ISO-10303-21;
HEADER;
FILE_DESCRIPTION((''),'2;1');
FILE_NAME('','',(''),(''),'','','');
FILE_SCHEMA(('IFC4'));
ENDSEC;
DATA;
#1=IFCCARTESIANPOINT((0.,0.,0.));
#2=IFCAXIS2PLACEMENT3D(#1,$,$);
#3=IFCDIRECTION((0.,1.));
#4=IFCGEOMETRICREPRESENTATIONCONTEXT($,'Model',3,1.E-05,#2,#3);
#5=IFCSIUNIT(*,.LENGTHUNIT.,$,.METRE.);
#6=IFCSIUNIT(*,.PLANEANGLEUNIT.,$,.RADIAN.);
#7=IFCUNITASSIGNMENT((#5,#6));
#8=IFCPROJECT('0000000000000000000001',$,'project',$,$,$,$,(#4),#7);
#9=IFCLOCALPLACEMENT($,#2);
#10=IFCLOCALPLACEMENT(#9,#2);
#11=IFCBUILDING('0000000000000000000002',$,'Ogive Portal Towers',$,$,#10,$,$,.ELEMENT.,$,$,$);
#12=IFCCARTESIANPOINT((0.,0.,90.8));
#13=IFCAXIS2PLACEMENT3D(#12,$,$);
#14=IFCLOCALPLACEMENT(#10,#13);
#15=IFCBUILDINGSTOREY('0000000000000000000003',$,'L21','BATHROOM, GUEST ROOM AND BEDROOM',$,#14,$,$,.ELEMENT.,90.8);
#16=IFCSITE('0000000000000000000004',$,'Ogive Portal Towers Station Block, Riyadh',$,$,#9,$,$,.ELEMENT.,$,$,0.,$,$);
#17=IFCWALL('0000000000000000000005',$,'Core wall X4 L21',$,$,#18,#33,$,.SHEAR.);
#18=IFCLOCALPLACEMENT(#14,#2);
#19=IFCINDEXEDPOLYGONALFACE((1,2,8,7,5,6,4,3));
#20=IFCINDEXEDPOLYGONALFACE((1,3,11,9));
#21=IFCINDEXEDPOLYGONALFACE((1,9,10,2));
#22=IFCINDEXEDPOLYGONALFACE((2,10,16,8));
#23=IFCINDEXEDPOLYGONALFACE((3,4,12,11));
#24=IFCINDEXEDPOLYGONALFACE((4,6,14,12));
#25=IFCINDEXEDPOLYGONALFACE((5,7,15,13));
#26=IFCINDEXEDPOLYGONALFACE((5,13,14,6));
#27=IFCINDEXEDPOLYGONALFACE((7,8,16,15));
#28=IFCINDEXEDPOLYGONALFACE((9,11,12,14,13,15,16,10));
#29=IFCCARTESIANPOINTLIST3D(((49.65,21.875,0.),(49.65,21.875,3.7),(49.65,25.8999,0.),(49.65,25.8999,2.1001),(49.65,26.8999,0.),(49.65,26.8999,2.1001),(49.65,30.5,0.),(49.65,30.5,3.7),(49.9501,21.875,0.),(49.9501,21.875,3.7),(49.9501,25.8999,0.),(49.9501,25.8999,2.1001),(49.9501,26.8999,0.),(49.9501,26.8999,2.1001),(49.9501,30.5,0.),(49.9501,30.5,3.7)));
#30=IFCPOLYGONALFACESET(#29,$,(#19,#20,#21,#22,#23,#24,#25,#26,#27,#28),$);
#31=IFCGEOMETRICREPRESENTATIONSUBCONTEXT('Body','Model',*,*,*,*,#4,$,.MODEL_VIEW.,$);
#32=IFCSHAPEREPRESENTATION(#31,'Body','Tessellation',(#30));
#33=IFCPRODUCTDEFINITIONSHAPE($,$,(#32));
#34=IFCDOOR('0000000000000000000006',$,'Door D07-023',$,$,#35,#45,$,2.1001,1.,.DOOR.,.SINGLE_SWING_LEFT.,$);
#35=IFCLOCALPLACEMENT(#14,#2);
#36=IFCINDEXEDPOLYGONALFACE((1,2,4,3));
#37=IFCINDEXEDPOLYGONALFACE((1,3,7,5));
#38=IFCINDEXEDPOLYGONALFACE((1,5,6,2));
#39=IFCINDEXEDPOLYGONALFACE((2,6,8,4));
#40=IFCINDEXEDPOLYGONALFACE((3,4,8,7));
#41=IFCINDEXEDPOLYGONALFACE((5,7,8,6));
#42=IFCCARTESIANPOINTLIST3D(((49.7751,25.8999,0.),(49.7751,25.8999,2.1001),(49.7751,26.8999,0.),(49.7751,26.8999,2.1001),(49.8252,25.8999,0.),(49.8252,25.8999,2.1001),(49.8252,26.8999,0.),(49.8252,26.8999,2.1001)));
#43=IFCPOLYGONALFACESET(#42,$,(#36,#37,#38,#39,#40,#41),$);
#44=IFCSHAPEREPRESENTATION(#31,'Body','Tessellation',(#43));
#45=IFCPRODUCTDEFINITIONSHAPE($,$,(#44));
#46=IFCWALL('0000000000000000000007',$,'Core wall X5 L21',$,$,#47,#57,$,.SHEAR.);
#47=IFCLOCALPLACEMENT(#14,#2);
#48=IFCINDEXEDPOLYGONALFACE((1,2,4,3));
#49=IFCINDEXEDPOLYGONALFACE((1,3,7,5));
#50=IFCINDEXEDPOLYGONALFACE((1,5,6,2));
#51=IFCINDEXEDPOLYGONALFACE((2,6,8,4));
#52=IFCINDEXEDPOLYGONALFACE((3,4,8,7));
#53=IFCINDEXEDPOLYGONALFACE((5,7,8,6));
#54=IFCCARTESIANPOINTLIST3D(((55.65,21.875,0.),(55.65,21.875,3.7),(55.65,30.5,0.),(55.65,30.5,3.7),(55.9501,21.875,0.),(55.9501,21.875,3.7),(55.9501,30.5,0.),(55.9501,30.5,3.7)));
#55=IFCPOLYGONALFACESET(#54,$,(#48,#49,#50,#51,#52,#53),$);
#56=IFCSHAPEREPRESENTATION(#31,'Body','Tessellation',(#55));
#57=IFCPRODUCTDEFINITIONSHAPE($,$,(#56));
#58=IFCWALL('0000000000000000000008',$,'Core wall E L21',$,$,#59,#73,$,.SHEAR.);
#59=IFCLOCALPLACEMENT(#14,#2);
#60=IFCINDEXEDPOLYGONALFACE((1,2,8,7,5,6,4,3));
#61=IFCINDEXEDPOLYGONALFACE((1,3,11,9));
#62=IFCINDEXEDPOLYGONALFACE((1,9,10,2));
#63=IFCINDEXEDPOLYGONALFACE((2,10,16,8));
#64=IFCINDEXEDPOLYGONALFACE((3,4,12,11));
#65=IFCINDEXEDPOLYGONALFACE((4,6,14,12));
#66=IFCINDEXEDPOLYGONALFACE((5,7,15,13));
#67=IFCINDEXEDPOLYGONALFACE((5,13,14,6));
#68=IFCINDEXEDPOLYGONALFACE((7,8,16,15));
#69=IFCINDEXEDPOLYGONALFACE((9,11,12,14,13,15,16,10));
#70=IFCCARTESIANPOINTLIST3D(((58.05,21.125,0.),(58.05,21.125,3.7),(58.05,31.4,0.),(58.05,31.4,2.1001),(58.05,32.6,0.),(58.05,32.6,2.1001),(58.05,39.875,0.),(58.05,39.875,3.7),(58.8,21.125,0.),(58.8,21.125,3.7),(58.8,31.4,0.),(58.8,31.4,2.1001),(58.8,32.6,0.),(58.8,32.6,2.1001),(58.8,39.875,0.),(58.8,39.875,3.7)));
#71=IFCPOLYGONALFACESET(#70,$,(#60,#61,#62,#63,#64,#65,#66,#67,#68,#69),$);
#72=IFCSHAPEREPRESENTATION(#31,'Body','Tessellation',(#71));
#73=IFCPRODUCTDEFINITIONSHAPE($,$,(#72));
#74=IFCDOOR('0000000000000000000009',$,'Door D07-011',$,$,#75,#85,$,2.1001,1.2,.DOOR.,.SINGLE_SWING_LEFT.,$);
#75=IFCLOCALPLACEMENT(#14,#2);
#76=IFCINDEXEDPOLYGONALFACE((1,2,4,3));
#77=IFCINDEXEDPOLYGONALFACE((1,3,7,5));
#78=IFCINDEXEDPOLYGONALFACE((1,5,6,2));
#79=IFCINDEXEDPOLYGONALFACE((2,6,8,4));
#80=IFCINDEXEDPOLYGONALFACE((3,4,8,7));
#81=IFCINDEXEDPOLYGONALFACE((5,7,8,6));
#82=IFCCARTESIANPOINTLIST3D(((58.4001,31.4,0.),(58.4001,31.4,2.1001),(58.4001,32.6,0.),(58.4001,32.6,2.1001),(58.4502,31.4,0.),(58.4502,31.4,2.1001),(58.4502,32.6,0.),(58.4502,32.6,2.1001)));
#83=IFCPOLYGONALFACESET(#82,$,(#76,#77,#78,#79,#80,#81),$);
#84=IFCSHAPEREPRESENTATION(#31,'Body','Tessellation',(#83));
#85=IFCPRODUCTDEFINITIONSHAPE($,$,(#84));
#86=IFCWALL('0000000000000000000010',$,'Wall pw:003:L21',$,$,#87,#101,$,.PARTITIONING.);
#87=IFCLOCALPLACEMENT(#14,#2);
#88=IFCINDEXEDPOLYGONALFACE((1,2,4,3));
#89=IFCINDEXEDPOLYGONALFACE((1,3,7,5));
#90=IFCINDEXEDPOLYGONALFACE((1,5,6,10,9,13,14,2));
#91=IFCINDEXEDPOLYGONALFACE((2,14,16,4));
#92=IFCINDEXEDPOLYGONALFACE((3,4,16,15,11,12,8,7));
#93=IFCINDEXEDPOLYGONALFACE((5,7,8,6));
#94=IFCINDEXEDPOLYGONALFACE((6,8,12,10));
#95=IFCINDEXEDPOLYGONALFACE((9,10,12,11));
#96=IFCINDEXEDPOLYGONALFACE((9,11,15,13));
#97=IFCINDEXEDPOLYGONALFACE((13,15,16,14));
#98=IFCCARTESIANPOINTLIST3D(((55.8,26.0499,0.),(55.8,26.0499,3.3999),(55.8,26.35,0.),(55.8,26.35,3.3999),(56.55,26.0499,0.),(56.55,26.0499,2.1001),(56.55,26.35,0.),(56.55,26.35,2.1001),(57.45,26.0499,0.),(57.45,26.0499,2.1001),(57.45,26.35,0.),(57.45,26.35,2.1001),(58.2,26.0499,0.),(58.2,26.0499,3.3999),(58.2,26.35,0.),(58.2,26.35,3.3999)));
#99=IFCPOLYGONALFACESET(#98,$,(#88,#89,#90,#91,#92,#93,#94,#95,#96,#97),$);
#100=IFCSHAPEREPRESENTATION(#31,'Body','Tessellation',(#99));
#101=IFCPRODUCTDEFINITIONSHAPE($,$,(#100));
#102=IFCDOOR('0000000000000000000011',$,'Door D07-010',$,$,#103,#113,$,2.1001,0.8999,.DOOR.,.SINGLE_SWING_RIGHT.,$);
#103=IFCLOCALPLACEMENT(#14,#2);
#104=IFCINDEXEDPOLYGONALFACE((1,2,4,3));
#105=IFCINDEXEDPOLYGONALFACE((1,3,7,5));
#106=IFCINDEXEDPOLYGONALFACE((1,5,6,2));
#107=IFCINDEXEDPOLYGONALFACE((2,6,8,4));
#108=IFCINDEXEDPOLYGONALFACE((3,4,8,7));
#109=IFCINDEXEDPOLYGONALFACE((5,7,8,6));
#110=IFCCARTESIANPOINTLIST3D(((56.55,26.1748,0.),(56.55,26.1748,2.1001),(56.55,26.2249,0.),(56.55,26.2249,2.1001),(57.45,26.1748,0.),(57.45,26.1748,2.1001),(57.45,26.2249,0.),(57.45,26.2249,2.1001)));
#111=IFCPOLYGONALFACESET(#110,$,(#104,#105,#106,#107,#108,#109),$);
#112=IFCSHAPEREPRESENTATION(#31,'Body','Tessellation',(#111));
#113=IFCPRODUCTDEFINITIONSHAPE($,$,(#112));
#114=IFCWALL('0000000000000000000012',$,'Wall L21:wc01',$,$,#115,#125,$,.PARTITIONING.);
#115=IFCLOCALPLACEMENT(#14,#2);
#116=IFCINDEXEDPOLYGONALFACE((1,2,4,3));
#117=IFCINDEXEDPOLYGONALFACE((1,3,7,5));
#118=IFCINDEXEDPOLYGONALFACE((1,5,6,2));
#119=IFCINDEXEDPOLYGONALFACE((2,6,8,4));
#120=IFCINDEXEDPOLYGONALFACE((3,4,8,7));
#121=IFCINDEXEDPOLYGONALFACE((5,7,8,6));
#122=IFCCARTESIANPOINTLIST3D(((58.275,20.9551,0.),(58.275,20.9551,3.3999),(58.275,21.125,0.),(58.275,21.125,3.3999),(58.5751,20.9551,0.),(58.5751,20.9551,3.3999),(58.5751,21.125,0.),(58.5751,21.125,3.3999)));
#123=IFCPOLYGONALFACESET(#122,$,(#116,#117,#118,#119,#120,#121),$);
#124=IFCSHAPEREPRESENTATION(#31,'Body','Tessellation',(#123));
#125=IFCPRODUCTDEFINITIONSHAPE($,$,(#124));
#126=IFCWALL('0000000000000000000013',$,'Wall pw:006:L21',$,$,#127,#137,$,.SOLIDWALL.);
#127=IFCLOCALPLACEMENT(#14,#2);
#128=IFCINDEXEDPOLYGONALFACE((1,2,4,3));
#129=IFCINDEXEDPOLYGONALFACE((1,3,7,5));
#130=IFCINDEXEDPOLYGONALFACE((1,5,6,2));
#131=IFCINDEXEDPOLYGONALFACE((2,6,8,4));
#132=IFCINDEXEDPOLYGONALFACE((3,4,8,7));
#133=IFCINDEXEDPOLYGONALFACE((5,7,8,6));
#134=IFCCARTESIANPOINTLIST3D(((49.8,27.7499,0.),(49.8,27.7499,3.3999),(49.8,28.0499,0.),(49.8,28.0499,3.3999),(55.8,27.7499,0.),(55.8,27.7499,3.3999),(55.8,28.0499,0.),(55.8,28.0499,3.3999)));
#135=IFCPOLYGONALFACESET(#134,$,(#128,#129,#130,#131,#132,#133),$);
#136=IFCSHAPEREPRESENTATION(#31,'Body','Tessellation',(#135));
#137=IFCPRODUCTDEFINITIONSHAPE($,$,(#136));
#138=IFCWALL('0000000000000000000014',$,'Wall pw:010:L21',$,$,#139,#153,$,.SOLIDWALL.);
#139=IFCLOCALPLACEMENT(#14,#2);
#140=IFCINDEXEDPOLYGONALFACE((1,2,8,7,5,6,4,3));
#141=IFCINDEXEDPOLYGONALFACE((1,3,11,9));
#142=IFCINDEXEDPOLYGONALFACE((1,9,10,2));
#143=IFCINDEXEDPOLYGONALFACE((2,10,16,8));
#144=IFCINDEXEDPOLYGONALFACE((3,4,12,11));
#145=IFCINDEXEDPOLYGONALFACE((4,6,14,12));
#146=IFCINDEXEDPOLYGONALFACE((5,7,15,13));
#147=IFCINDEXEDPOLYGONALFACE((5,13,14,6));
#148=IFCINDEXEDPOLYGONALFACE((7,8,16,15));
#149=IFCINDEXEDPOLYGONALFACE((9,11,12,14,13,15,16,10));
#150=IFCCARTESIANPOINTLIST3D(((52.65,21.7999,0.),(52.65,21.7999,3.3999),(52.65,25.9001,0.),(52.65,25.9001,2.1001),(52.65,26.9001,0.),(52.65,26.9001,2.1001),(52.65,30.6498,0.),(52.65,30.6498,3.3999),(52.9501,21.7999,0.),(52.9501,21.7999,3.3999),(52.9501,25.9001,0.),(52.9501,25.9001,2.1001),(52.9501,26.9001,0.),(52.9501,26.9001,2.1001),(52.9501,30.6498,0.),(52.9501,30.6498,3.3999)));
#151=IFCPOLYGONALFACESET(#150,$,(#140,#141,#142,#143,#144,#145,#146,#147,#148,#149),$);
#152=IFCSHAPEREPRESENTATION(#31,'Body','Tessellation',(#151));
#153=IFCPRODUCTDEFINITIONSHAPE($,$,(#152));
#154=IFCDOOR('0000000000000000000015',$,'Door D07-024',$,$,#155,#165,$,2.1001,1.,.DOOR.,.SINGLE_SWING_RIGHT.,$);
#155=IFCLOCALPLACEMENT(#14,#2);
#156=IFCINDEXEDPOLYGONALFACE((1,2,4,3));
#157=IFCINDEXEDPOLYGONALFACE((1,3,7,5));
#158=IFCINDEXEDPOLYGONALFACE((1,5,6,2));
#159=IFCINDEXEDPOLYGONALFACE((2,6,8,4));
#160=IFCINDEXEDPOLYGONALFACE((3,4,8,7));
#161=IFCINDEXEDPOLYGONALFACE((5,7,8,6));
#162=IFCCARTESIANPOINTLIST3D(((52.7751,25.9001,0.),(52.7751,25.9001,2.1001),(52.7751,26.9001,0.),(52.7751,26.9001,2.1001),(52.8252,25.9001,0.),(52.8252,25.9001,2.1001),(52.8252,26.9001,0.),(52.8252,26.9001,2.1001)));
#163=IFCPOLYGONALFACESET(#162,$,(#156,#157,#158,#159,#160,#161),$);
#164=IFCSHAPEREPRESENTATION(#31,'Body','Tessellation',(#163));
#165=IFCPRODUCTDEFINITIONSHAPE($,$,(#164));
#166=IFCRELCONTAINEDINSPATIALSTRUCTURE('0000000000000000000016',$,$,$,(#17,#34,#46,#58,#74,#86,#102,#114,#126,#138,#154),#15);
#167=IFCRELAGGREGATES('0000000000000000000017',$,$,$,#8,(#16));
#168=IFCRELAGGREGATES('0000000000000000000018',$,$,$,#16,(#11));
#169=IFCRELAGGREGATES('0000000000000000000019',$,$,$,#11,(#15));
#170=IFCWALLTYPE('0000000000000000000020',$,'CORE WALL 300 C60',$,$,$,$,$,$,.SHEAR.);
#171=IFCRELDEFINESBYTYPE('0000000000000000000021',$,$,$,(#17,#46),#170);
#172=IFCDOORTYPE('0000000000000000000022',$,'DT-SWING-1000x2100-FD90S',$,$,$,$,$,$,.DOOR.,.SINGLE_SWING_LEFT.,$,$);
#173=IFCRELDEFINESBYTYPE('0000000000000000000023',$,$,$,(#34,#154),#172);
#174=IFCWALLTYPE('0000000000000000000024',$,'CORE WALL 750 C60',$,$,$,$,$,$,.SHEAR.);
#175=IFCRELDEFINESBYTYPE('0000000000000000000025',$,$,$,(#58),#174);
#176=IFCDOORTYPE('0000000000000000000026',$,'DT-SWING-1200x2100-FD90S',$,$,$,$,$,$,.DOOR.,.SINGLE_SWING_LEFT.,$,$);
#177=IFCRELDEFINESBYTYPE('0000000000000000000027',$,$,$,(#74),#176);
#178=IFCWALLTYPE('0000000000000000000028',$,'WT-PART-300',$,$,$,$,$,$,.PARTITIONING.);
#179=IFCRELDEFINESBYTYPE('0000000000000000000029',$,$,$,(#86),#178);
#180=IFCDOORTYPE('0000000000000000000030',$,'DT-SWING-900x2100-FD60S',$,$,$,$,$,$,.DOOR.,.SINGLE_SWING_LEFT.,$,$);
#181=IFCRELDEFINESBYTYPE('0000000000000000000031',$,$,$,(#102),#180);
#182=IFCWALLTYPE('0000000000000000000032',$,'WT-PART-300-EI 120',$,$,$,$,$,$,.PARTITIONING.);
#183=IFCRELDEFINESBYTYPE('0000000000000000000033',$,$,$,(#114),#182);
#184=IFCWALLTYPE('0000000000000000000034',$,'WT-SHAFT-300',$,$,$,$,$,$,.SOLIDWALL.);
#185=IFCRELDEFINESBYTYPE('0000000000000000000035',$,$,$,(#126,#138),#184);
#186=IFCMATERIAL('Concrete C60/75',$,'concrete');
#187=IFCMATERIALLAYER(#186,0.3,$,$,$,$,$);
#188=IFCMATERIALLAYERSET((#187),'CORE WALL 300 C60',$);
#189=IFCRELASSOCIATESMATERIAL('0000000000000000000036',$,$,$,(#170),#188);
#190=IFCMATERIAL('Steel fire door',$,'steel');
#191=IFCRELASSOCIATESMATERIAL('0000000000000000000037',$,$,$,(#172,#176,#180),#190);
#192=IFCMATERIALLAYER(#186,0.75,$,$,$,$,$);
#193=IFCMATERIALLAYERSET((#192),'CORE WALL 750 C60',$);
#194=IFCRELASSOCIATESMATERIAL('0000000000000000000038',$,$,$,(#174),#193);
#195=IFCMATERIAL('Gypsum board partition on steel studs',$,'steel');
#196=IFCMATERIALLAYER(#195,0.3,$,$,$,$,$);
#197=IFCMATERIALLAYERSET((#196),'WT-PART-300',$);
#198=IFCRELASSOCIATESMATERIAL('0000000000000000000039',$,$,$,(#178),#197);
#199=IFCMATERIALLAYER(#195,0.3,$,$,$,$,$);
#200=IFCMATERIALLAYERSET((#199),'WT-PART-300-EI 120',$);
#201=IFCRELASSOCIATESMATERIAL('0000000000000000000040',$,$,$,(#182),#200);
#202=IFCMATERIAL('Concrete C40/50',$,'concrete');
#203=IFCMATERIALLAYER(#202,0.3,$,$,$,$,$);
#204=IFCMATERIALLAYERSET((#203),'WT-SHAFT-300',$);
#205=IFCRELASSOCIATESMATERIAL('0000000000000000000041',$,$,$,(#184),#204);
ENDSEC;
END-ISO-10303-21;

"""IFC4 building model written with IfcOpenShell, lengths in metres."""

from ifc_helpers import new_model, si_unit, direction, frame, frame_2d, origin, place, context, subcontext, project, spatial, rectangle, extrude, material, layer, layer_set, type_object, element, fill, save


model = new_model("IFC4")

# Units and contexts
model_context = context("Model", 3, precision=1e-05, world=origin(), true_north=direction((0.0, 1.0)))
body_context = subcontext(model_context, "Body", "Model", "MODEL_VIEW")
ifc_project = project(units=[si_unit("LENGTHUNIT", "METRE"), si_unit("PLANEANGLEUNIT", "RADIAN")], contexts=[model_context])

# Site, building, storey
site_placement = place(None, origin())
site = spatial("IfcSite", under=ifc_project, at=site_placement, Name="Ogive Portal Towers Station Block, Riyadh", CompositionType="ELEMENT", RefElevation=0.0)
building_placement = place(site_placement, origin())
building = spatial("IfcBuilding", under=site, at=building_placement, Name="Ogive Portal Towers", CompositionType="ELEMENT")
storey_placement = place(building_placement, frame((0.0, 0.0, 90.8)))
storey = spatial("IfcBuildingStorey", under=building, at=storey_placement, Name="L21", Description="BATHROOM, GUEST ROOM AND BEDROOM", CompositionType="ELEMENT", Elevation=90.8)

# Wall, opening, door
ifc_material_1 = material(Name="Concrete C60/75", Category="concrete")
ifc_layer_1 = layer(ifc_material_1, 0.3)
ifc_layer_set_1 = layer_set([ifc_layer_1], Name="CORE WALL 300 C60")
wall_type_1 = type_object("IfcWallType", Name="CORE WALL 300 C60", PredefinedType="SHEAR", material=ifc_layer_set_1)
wall_1_placement = place(storey_placement, frame((49.8, 21.875, 0.0), z_axis=(0.0, 0.0, 1.0), x_axis=(0.0, 1.0, 0.0)))
wall_1 = element("IfcWall", 1, at=wall_1_placement, inside=storey, type_object=wall_type_1, Name="Core wall X4 L21", PredefinedType="SHEAR", context=body_context, shape_type="SweptSolid", body=[
    extrude(rectangle(XDim=8.625, YDim=0.3, at=frame_2d((4.3125, 0.0))), origin(), (0.0, 0.0, 1.0), 3.7),
])
opening_1_placement = place(wall_1_placement, frame((4.0249, 0.0, 0.0)))
opening_1 = element("IfcOpeningElement", 2, at=opening_1_placement, cuts=wall_1, PredefinedType="OPENING", context=body_context, shape_type="SweptSolid", body=[
    extrude(rectangle(XDim=1.0, YDim=2.1001, at=frame_2d((0.5, 1.05))), frame((0.0, 0.1602, 0.0), z_axis=(0.0, -1.0, 0.0), x_axis=(1.0, 0.0, 0.0)), (0.0, 0.0, 1.0), 0.3201),
])
ifc_material_2 = material(Name="Steel fire door", Category="steel")
door_type_1 = type_object("IfcDoorType", Name="DT-SWING-1000x2100-FD90S", OperationType="SINGLE_SWING_LEFT", PredefinedType="DOOR", material=ifc_material_2)
door_1_placement = place(opening_1_placement, origin())
door_1 = element("IfcDoor", 3, at=door_1_placement, inside=storey, type_object=door_type_1, Name="Door D07-023", OperationType="SINGLE_SWING_LEFT", OverallHeight=2.1001, OverallWidth=1.0, PredefinedType="DOOR", context=body_context, shape_type="SweptSolid", body=[
    extrude(rectangle(XDim=1.0, YDim=2.1001, at=frame_2d((0.5, 1.05))), frame((0.0, 0.0249, 0.0), z_axis=(0.0, -1.0, 0.0), x_axis=(1.0, 0.0, 0.0)), (0.0, 0.0, 1.0), 0.05),
])
fill(opening_1, door_1)

# Wall
wall_2_placement = place(storey_placement, frame((55.8, 21.875, 0.0), z_axis=(0.0, 0.0, 1.0), x_axis=(0.0, 1.0, 0.0)))
element("IfcWall", 4, at=wall_2_placement, inside=storey, type_object=wall_type_1, Name="Core wall X5 L21", PredefinedType="SHEAR", context=body_context, shape_type="SweptSolid", body=[
    extrude(rectangle(XDim=8.625, YDim=0.3, at=frame_2d((4.3125, 0.0))), origin(), (0.0, 0.0, 1.0), 3.7),
])

# Walls, openings, doors
ifc_layer_2 = layer(ifc_material_1, 0.75)
ifc_layer_set_2 = layer_set([ifc_layer_2], Name="CORE WALL 750 C60")
wall_type_2 = type_object("IfcWallType", Name="CORE WALL 750 C60", PredefinedType="SHEAR", material=ifc_layer_set_2)
wall_3_placement = place(storey_placement, frame((58.425, 21.125, 0.0), z_axis=(0.0, 0.0, 1.0), x_axis=(0.0, 1.0, 0.0)))
wall_3 = element("IfcWall", 5, at=wall_3_placement, inside=storey, type_object=wall_type_2, Name="Core wall E L21", PredefinedType="SHEAR", context=body_context, shape_type="SweptSolid", body=[
    extrude(rectangle(XDim=18.75, YDim=0.75, at=frame_2d((9.375, 0.0))), origin(), (0.0, 0.0, 1.0), 3.7),
])
opening_2_placement = place(wall_3_placement, frame((10.2749, 0.0, 0.0)))
opening_2 = element("IfcOpeningElement", 6, at=opening_2_placement, cuts=wall_3, PredefinedType="OPENING", context=body_context, shape_type="SweptSolid", body=[
    extrude(rectangle(XDim=1.2, YDim=2.1001, at=frame_2d((0.6001, 1.05))), frame((0.0, 0.385, 0.0), z_axis=(0.0, -1.0, 0.0), x_axis=(1.0, 0.0, 0.0)), (0.0, 0.0, 1.0), 0.77),
])
door_type_2 = type_object("IfcDoorType", Name="DT-SWING-1200x2100-FD90S", OperationType="SINGLE_SWING_LEFT", PredefinedType="DOOR", material=ifc_material_2)
door_2_placement = place(opening_2_placement, origin())
door_2 = element("IfcDoor", 7, at=door_2_placement, inside=storey, type_object=door_type_2, Name="Door D07-011", OperationType="SINGLE_SWING_LEFT", OverallHeight=2.1001, OverallWidth=1.2, PredefinedType="DOOR", context=body_context, shape_type="SweptSolid", body=[
    extrude(rectangle(XDim=1.2, YDim=2.1001, at=frame_2d((0.6001, 1.05))), frame((0.0, 0.0249, 0.0), z_axis=(0.0, -1.0, 0.0), x_axis=(1.0, 0.0, 0.0)), (0.0, 0.0, 1.0), 0.05),
])
fill(opening_2, door_2)
ifc_material_3 = material(Name="Gypsum board partition on steel studs", Category="steel")
ifc_layer_3 = layer(ifc_material_3, 0.3)
ifc_layer_set_3 = layer_set([ifc_layer_3], Name="WT-PART-300")
wall_type_3 = type_object("IfcWallType", Name="WT-PART-300", PredefinedType="PARTITIONING", material=ifc_layer_set_3)
wall_4_placement = place(storey_placement, frame((55.8, 26.2, 0.0), z_axis=(0.0, 0.0, 1.0), x_axis=(1.0, 0.0, 0.0)))
wall_4 = element("IfcWall", 8, at=wall_4_placement, inside=storey, type_object=wall_type_3, Name="Wall pw:003:L21", PredefinedType="PARTITIONING", context=body_context, shape_type="SweptSolid", body=[
    extrude(rectangle(XDim=2.3999, YDim=0.3, at=frame_2d((1.2, 0.0))), origin(), (0.0, 0.0, 1.0), 3.3999),
])
opening_3_placement = place(wall_4_placement, frame((0.75, 0.0, 0.0)))
opening_3 = element("IfcOpeningElement", 9, at=opening_3_placement, cuts=wall_4, PredefinedType="OPENING", context=body_context, shape_type="SweptSolid", body=[
    extrude(rectangle(XDim=0.8999, YDim=2.1001, at=frame_2d((0.45, 1.05))), frame((0.0, 0.1602, 0.0), z_axis=(0.0, -1.0, 0.0), x_axis=(1.0, 0.0, 0.0)), (0.0, 0.0, 1.0), 0.3201),
])
door_type_3 = type_object("IfcDoorType", Name="DT-SWING-900x2100-FD60S", OperationType="SINGLE_SWING_LEFT", PredefinedType="DOOR", material=ifc_material_2)
door_3_placement = place(opening_3_placement, origin())
door_3 = element("IfcDoor", 10, at=door_3_placement, inside=storey, type_object=door_type_3, Name="Door D07-010", OperationType="SINGLE_SWING_RIGHT", OverallHeight=2.1001, OverallWidth=0.8999, PredefinedType="DOOR", context=body_context, shape_type="SweptSolid", body=[
    extrude(rectangle(XDim=0.8999, YDim=2.1001, at=frame_2d((0.45, 1.05))), frame((0.0, 0.0249, 0.0), z_axis=(0.0, -1.0, 0.0), x_axis=(1.0, 0.0, 0.0)), (0.0, 0.0, 1.0), 0.05),
])
fill(opening_3, door_3)

# Walls
ifc_layer_4 = layer(ifc_material_3, 0.3)
ifc_layer_set_4 = layer_set([ifc_layer_4], Name="WT-PART-300-EI 120")
wall_type_4 = type_object("IfcWallType", Name="WT-PART-300-EI 120", PredefinedType="PARTITIONING", material=ifc_layer_set_4)
wall_5_placement = place(storey_placement, frame((58.425, 21.125, 0.0), z_axis=(0.0, 0.0, 1.0), x_axis=(0.0, -1.0, 0.0)))
element("IfcWall", 11, at=wall_5_placement, inside=storey, type_object=wall_type_4, Name="Wall L21:wc01", PredefinedType="PARTITIONING", context=body_context, shape_type="SweptSolid", body=[
    extrude(rectangle(XDim=0.1699, YDim=0.3, at=frame_2d((0.085, 0.0))), origin(), (0.0, 0.0, 1.0), 3.3999),
])
ifc_material_4 = material(Name="Concrete C40/50", Category="concrete")
ifc_layer_5 = layer(ifc_material_4, 0.3)
ifc_layer_set_5 = layer_set([ifc_layer_5], Name="WT-SHAFT-300")
wall_type_5 = type_object("IfcWallType", Name="WT-SHAFT-300", PredefinedType="SOLIDWALL", material=ifc_layer_set_5)
wall_6_placement = place(storey_placement, frame((49.8, 27.8999, 0.0), z_axis=(0.0, 0.0, 1.0), x_axis=(1.0, 0.0, 0.0)))
element("IfcWall", 12, at=wall_6_placement, inside=storey, type_object=wall_type_5, Name="Wall pw:006:L21", PredefinedType="SOLIDWALL", context=body_context, shape_type="SweptSolid", body=[
    extrude(rectangle(XDim=6.0, YDim=0.3, at=frame_2d((3.0, 0.0))), origin(), (0.0, 0.0, 1.0), 3.3999),
])

# Wall, opening, door
wall_7_placement = place(storey_placement, frame((52.8, 21.8, 0.0), z_axis=(0.0, 0.0, 1.0), x_axis=(0.0, 1.0, 0.0)))
wall_7 = element("IfcWall", 13, at=wall_7_placement, inside=storey, type_object=wall_type_5, Name="Wall pw:010:L21", PredefinedType="SOLIDWALL", context=body_context, shape_type="SweptSolid", body=[
    extrude(rectangle(XDim=8.8499, YDim=0.3, at=frame_2d((4.4248, 0.0))), origin(), (0.0, 0.0, 1.0), 3.3999),
])
opening_4_placement = place(wall_7_placement, frame((4.1001, 0.0, 0.0)))
opening_4 = element("IfcOpeningElement", 14, at=opening_4_placement, cuts=wall_7, PredefinedType="OPENING", context=body_context, shape_type="SweptSolid", body=[
    extrude(rectangle(XDim=1.0, YDim=2.1001, at=frame_2d((0.5, 1.05))), frame((0.0, 0.1602, 0.0), z_axis=(0.0, -1.0, 0.0), x_axis=(1.0, 0.0, 0.0)), (0.0, 0.0, 1.0), 0.3201),
])
door_4_placement = place(opening_4_placement, origin())
door_4 = element("IfcDoor", 15, at=door_4_placement, inside=storey, type_object=door_type_1, Name="Door D07-024", OperationType="SINGLE_SWING_RIGHT", OverallHeight=2.1001, OverallWidth=1.0, PredefinedType="DOOR", context=body_context, shape_type="SweptSolid", body=[
    extrude(rectangle(XDim=1.0, YDim=2.1001, at=frame_2d((0.5, 1.05))), frame((0.0, 0.0249, 0.0), z_axis=(0.0, -1.0, 0.0), x_axis=(1.0, 0.0, 0.0)), (0.0, 0.0, 1.0), 0.05),
])
fill(opening_4, door_4)

save(model, "model.ifc")
